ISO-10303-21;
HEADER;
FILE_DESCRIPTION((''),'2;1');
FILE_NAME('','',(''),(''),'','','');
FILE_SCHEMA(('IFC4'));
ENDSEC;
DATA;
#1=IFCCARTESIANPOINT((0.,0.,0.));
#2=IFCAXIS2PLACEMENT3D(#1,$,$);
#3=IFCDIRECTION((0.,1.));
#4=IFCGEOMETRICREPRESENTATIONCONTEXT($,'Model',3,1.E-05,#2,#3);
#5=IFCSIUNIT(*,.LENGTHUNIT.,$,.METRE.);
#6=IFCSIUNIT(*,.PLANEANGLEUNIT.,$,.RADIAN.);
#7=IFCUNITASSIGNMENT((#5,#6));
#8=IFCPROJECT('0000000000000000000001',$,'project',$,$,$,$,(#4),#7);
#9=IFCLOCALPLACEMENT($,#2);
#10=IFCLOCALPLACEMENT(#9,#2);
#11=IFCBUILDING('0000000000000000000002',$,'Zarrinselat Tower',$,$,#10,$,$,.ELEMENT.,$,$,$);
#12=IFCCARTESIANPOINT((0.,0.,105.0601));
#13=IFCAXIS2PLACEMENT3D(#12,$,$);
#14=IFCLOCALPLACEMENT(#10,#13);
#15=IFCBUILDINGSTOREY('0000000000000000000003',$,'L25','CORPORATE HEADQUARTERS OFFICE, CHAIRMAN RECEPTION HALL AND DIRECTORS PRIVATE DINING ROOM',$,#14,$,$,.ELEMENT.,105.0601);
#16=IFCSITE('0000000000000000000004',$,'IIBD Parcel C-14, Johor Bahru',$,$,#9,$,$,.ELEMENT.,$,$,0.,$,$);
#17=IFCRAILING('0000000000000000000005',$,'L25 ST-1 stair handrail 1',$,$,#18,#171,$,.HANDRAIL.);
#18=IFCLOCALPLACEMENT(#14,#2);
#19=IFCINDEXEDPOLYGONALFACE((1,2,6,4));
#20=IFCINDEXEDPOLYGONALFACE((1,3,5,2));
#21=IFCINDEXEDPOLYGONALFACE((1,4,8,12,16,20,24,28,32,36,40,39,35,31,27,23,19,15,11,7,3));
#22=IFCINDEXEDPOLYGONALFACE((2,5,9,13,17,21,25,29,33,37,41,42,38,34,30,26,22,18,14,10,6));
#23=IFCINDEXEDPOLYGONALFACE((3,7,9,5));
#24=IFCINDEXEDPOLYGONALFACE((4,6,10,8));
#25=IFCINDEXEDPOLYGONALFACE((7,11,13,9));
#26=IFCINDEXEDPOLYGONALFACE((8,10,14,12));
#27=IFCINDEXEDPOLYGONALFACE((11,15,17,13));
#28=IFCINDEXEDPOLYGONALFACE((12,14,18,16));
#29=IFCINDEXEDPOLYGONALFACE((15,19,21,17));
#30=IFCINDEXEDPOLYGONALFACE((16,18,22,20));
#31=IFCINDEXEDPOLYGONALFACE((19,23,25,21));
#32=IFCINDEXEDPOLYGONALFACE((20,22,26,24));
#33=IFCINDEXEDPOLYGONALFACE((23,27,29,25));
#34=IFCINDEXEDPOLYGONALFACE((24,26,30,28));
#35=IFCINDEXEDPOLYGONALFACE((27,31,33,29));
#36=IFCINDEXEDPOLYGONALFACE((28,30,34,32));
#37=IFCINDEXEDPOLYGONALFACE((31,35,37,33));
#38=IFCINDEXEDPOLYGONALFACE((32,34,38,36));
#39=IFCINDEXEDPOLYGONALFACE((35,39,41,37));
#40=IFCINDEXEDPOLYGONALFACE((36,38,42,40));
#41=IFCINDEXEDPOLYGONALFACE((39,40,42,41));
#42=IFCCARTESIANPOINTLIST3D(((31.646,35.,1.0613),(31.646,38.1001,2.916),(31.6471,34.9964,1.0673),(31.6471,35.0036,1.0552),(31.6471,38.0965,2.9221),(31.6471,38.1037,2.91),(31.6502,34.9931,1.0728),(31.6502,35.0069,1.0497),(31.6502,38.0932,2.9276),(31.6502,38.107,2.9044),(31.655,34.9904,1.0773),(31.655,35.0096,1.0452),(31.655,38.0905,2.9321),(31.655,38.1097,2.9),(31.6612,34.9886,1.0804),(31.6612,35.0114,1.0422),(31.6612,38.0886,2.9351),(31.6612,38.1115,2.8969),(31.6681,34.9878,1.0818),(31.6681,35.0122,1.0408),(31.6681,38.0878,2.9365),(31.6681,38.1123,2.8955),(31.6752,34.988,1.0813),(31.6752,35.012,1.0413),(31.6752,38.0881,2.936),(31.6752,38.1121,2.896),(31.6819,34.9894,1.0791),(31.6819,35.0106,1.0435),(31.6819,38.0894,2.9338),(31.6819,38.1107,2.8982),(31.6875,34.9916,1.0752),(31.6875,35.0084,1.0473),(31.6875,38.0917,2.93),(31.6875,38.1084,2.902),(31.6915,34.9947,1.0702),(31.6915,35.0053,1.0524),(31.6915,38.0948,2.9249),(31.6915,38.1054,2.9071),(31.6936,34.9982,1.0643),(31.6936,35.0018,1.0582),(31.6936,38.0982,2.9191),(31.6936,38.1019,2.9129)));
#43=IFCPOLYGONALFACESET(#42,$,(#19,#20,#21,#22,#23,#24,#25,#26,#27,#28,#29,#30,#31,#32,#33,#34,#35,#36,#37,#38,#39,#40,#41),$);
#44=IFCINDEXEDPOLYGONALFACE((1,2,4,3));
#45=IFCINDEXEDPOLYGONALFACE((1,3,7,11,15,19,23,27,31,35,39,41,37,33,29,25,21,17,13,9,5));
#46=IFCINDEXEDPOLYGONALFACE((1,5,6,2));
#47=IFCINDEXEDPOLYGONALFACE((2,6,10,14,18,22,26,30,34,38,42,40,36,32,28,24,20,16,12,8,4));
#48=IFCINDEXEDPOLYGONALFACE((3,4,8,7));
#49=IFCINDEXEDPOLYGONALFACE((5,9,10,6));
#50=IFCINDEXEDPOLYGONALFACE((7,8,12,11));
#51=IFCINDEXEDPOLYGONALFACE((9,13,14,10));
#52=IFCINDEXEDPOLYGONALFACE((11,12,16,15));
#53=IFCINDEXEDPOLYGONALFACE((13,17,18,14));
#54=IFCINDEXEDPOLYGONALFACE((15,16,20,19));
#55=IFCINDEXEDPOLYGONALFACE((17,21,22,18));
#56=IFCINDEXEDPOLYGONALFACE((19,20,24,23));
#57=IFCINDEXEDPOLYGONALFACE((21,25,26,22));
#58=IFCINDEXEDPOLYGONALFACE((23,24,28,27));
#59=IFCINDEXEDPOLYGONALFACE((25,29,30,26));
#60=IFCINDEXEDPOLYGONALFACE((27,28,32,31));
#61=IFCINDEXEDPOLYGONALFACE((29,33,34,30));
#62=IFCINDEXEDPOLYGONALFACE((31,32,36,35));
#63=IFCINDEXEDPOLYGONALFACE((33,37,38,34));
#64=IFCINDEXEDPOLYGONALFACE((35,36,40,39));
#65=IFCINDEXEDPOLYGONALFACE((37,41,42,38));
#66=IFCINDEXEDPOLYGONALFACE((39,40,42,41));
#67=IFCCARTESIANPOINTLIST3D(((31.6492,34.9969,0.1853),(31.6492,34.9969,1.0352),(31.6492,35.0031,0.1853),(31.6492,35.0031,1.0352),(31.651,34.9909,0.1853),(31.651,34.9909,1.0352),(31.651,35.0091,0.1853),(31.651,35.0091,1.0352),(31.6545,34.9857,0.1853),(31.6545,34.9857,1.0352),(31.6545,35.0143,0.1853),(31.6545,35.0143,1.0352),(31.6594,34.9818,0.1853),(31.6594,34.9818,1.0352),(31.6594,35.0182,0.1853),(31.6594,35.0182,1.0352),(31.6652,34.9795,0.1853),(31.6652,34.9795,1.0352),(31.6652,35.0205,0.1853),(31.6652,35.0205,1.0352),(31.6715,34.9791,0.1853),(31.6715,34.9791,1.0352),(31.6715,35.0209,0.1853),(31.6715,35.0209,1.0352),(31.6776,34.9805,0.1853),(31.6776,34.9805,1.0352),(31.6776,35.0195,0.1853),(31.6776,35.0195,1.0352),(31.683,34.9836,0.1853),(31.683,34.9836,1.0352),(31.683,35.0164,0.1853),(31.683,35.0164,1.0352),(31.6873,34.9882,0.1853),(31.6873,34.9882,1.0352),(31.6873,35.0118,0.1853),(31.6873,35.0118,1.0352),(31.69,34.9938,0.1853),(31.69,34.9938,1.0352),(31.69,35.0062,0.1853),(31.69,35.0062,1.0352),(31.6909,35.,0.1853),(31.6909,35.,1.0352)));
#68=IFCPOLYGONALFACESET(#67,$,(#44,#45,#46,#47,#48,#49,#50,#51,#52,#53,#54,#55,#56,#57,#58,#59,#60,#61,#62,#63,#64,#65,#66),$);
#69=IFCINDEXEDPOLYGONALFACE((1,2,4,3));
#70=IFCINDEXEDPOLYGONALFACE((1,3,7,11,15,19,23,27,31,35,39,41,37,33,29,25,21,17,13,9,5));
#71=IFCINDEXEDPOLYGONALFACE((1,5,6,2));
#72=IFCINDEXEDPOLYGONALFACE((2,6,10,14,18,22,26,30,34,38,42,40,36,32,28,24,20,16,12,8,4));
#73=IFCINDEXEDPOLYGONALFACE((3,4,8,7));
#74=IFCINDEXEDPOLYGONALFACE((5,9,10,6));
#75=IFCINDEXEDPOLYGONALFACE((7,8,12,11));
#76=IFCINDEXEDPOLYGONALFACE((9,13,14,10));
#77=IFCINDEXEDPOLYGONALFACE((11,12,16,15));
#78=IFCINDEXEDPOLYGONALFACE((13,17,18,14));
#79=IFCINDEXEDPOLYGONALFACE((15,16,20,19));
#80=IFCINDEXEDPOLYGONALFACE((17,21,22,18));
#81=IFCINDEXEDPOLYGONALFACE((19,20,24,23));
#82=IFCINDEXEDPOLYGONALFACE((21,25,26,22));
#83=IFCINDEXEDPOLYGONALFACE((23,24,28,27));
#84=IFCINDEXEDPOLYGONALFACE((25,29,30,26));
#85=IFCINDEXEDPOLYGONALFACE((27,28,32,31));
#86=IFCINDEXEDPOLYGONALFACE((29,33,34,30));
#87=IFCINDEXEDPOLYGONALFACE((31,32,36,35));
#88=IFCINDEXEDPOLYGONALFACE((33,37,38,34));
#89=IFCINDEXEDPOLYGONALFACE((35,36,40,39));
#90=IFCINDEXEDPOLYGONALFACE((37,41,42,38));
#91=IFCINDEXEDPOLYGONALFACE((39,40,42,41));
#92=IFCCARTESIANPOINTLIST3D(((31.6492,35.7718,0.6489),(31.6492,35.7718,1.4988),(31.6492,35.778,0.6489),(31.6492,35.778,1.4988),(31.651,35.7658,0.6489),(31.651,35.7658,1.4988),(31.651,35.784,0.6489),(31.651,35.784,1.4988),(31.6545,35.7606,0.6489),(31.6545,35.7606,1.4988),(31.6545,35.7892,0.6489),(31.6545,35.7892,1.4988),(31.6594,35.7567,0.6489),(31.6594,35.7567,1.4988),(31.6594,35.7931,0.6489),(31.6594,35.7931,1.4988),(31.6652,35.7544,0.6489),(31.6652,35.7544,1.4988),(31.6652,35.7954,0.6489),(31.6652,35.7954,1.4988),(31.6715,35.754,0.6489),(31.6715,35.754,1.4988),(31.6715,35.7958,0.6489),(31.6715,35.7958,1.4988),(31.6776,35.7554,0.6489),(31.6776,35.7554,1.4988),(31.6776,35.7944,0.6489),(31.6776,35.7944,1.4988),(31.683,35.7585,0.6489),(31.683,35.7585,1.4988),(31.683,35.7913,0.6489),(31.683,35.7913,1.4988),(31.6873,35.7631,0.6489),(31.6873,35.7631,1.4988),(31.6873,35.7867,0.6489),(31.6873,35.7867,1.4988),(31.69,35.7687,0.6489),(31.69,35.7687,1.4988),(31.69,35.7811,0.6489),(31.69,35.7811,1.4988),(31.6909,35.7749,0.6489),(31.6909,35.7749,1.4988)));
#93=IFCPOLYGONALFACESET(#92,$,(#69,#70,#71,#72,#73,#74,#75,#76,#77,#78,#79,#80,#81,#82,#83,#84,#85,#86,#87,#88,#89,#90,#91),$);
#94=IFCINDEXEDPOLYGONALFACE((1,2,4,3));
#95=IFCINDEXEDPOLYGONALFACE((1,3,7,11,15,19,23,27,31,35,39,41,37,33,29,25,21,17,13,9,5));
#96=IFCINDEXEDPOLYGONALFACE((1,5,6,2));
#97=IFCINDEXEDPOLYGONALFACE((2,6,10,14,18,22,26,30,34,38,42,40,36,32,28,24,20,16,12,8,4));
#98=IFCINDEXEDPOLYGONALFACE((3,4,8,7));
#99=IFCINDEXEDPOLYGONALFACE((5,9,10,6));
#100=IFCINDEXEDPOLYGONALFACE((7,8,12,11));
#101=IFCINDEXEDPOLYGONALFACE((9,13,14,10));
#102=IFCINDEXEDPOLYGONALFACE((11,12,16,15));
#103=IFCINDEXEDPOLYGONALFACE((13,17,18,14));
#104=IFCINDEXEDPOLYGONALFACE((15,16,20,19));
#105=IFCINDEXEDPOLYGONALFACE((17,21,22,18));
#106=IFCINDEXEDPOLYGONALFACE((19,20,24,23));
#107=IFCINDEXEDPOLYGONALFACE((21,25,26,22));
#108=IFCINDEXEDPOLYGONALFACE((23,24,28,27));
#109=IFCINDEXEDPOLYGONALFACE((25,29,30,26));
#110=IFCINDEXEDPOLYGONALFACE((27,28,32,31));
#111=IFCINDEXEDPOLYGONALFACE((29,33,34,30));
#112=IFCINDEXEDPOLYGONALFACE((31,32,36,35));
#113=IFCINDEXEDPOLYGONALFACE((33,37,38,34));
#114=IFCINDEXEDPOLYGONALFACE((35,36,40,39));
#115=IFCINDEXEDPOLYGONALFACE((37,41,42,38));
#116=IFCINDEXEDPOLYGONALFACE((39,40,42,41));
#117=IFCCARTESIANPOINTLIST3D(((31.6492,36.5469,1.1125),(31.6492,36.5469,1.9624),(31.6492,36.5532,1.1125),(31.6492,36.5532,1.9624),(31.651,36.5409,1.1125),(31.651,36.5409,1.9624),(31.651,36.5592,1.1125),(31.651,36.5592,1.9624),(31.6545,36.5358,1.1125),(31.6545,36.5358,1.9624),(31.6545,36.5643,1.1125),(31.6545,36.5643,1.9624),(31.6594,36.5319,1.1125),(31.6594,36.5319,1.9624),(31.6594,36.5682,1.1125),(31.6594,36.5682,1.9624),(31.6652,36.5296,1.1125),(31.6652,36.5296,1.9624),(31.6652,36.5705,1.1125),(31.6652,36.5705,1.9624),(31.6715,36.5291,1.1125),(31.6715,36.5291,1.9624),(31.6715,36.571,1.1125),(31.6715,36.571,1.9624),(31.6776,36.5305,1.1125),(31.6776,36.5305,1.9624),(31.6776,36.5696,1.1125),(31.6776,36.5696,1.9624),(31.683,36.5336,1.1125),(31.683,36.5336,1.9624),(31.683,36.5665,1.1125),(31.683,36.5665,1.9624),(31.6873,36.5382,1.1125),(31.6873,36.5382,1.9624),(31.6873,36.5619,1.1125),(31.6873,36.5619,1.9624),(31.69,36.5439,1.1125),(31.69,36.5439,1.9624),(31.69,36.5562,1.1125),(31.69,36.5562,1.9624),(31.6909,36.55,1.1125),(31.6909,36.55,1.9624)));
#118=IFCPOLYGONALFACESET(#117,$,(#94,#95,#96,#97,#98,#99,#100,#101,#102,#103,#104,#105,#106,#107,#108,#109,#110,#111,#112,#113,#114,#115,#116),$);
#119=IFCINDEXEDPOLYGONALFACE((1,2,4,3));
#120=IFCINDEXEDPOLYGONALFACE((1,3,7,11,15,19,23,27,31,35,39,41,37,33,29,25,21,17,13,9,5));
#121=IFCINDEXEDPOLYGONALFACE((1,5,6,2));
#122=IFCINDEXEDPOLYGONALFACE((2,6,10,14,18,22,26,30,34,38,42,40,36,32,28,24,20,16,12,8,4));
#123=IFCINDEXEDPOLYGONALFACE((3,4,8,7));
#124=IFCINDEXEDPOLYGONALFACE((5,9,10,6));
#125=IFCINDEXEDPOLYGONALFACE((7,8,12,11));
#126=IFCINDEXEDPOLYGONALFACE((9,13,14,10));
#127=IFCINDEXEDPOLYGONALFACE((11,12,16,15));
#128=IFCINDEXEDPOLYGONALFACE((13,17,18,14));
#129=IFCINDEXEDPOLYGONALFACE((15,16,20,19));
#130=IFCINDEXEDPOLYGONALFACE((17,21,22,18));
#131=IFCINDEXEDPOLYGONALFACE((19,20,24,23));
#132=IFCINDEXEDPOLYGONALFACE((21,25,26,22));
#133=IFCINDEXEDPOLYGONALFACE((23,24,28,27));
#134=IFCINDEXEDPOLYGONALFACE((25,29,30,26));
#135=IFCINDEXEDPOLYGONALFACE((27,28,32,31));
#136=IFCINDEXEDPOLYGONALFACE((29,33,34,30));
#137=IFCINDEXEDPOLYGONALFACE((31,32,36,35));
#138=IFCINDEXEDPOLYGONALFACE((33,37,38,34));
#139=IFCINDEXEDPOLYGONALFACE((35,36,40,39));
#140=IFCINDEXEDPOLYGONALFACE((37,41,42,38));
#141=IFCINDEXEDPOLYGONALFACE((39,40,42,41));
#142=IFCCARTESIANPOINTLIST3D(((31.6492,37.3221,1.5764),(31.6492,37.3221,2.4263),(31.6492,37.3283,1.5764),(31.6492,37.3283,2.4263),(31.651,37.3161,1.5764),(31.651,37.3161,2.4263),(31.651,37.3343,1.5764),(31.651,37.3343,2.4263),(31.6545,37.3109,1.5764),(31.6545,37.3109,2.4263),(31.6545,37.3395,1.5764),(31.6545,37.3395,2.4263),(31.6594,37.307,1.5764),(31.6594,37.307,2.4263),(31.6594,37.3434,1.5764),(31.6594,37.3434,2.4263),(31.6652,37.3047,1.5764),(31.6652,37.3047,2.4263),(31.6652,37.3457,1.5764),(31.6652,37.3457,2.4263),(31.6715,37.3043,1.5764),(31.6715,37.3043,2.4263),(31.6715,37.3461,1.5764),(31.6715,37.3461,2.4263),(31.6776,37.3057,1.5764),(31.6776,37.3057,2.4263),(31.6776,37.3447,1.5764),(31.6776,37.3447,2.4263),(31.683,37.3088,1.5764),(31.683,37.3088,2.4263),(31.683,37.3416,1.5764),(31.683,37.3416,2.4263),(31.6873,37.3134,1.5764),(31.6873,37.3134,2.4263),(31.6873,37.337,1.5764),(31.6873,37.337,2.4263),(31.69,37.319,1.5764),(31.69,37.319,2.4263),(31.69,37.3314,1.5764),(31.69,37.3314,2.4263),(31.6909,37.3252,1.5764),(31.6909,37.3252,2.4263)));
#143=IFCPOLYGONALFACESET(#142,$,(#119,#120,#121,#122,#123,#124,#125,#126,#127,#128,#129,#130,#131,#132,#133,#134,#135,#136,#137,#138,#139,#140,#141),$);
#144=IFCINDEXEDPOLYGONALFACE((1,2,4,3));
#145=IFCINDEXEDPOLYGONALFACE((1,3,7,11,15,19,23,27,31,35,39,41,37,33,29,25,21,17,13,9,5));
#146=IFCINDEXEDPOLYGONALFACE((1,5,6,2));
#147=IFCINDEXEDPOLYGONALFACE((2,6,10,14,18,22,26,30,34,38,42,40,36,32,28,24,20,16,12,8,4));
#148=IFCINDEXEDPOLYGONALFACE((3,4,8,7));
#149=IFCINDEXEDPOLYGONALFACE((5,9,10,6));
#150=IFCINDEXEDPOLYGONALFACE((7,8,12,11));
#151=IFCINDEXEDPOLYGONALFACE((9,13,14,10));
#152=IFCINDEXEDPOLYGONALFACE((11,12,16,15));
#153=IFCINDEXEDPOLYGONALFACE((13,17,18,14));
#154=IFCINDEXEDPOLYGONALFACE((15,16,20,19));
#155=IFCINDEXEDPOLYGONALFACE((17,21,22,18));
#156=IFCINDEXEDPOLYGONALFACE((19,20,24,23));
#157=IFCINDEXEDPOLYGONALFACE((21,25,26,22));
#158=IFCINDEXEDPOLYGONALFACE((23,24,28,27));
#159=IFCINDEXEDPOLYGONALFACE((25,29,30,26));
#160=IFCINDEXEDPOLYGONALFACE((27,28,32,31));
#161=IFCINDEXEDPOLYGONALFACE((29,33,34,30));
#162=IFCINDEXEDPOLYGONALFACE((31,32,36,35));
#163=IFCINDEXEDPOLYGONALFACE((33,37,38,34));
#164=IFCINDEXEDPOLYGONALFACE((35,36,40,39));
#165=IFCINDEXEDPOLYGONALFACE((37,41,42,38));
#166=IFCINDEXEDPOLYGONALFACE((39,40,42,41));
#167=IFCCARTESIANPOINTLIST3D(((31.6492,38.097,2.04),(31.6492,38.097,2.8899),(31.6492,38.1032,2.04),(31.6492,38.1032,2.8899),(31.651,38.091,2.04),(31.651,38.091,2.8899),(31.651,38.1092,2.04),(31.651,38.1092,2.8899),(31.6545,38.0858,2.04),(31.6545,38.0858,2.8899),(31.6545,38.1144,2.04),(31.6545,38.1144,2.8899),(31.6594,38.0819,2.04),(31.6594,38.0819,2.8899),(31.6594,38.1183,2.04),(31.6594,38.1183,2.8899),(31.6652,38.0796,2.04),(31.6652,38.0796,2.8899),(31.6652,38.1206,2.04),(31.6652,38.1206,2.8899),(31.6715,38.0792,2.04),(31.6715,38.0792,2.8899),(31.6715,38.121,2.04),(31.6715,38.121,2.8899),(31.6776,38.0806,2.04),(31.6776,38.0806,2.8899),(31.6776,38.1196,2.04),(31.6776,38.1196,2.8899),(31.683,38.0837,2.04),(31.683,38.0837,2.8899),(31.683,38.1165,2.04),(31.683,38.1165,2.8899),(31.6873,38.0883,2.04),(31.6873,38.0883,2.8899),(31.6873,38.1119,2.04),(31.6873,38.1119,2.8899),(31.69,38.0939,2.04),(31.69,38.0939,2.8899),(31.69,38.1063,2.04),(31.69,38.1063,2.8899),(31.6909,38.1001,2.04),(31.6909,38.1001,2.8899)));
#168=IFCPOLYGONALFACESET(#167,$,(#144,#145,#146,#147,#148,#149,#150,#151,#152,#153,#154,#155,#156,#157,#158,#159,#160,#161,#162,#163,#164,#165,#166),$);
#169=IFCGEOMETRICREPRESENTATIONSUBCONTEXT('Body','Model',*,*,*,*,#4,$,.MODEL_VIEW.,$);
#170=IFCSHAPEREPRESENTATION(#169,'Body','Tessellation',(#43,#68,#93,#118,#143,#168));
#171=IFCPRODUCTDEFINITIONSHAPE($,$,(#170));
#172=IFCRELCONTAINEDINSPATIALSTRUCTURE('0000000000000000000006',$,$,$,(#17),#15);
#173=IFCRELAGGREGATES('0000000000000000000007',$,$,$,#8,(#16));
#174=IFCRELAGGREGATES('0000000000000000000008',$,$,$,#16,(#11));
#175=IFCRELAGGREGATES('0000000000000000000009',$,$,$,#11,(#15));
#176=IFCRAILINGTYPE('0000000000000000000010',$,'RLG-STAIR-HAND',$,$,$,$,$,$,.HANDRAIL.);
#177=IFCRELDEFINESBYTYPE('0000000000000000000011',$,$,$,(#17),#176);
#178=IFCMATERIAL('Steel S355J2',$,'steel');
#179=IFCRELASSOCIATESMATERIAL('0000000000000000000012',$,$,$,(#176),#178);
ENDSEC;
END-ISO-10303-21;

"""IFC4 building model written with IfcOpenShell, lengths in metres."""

from ifc_helpers import new_model, si_unit, direction, frame, origin, origin_2d, place, context, subcontext, project, spatial, circle, extrude, material, type_object, element, save


model = new_model("IFC4")

# Units and contexts
model_context = context("Model", 3, precision=1e-05, world=origin(), true_north=direction((0.0, 1.0)))
body_context = subcontext(model_context, "Body", "Model", "MODEL_VIEW")
ifc_project = project(units=[si_unit("LENGTHUNIT", "METRE"), si_unit("PLANEANGLEUNIT", "RADIAN")], contexts=[model_context])

# Site, building, storey
site_placement = place(None, origin())
site = spatial("IfcSite", under=ifc_project, at=site_placement, Name="IIBD Parcel C-14, Johor Bahru", CompositionType="ELEMENT", RefElevation=0.0)
building_placement = place(site_placement, origin())
building = spatial("IfcBuilding", under=site, at=building_placement, Name="Zarrinselat Tower", CompositionType="ELEMENT")
storey_placement = place(building_placement, frame((0.0, 0.0, 105.0601)))
storey = spatial("IfcBuildingStorey", under=building, at=storey_placement, Name="L25", Description="CORPORATE HEADQUARTERS OFFICE, CHAIRMAN RECEPTION HALL AND DIRECTORS PRIVATE DINING ROOM", CompositionType="ELEMENT", Elevation=105.0601)

# Railing
ifc_material_1 = material(Name="Steel S355J2", Category="steel")
railing_type_1 = type_object("IfcRailingType", Name="RLG-STAIR-HAND", PredefinedType="HANDRAIL", material=ifc_material_1)
railing_1_placement = place(storey_placement, frame((31.6699, 35.0, 0.1853)))
element("IfcRailing", 1, at=railing_1_placement, inside=storey, type_object=railing_type_1, Name="L25 ST-1 stair handrail 1", PredefinedType="HANDRAIL", context=body_context, shape_type="SweptSolid", body=[
    extrude(circle(Radius=0.0239, at=origin_2d()), frame((0.0, 0.0, 0.876), z_axis=(0.0, 0.858142, 0.513412), x_axis=(-1.0, 0.0, 0.0)), (0.0, 0.0, 1.0), 3.6125),
    extrude(circle(Radius=0.021, at=origin_2d()), origin(), (0.0, 0.0, 1.0), 0.8499),
    extrude(circle(Radius=0.021, at=origin_2d()), frame((0.0, 0.7749, 0.4636)), (0.0, 0.0, 1.0), 0.8499),
    extrude(circle(Radius=0.021, at=origin_2d()), frame((0.0, 1.55, 0.9272)), (0.0, 0.0, 1.0), 0.8499),
    extrude(circle(Radius=0.021, at=origin_2d()), frame((0.0, 2.3252, 1.3911)), (0.0, 0.0, 1.0), 0.8499),
    extrude(circle(Radius=0.021, at=origin_2d()), frame((0.0, 3.1001, 1.8547)), (0.0, 0.0, 1.0), 0.8499),
])

save(model, "model.ifc")
